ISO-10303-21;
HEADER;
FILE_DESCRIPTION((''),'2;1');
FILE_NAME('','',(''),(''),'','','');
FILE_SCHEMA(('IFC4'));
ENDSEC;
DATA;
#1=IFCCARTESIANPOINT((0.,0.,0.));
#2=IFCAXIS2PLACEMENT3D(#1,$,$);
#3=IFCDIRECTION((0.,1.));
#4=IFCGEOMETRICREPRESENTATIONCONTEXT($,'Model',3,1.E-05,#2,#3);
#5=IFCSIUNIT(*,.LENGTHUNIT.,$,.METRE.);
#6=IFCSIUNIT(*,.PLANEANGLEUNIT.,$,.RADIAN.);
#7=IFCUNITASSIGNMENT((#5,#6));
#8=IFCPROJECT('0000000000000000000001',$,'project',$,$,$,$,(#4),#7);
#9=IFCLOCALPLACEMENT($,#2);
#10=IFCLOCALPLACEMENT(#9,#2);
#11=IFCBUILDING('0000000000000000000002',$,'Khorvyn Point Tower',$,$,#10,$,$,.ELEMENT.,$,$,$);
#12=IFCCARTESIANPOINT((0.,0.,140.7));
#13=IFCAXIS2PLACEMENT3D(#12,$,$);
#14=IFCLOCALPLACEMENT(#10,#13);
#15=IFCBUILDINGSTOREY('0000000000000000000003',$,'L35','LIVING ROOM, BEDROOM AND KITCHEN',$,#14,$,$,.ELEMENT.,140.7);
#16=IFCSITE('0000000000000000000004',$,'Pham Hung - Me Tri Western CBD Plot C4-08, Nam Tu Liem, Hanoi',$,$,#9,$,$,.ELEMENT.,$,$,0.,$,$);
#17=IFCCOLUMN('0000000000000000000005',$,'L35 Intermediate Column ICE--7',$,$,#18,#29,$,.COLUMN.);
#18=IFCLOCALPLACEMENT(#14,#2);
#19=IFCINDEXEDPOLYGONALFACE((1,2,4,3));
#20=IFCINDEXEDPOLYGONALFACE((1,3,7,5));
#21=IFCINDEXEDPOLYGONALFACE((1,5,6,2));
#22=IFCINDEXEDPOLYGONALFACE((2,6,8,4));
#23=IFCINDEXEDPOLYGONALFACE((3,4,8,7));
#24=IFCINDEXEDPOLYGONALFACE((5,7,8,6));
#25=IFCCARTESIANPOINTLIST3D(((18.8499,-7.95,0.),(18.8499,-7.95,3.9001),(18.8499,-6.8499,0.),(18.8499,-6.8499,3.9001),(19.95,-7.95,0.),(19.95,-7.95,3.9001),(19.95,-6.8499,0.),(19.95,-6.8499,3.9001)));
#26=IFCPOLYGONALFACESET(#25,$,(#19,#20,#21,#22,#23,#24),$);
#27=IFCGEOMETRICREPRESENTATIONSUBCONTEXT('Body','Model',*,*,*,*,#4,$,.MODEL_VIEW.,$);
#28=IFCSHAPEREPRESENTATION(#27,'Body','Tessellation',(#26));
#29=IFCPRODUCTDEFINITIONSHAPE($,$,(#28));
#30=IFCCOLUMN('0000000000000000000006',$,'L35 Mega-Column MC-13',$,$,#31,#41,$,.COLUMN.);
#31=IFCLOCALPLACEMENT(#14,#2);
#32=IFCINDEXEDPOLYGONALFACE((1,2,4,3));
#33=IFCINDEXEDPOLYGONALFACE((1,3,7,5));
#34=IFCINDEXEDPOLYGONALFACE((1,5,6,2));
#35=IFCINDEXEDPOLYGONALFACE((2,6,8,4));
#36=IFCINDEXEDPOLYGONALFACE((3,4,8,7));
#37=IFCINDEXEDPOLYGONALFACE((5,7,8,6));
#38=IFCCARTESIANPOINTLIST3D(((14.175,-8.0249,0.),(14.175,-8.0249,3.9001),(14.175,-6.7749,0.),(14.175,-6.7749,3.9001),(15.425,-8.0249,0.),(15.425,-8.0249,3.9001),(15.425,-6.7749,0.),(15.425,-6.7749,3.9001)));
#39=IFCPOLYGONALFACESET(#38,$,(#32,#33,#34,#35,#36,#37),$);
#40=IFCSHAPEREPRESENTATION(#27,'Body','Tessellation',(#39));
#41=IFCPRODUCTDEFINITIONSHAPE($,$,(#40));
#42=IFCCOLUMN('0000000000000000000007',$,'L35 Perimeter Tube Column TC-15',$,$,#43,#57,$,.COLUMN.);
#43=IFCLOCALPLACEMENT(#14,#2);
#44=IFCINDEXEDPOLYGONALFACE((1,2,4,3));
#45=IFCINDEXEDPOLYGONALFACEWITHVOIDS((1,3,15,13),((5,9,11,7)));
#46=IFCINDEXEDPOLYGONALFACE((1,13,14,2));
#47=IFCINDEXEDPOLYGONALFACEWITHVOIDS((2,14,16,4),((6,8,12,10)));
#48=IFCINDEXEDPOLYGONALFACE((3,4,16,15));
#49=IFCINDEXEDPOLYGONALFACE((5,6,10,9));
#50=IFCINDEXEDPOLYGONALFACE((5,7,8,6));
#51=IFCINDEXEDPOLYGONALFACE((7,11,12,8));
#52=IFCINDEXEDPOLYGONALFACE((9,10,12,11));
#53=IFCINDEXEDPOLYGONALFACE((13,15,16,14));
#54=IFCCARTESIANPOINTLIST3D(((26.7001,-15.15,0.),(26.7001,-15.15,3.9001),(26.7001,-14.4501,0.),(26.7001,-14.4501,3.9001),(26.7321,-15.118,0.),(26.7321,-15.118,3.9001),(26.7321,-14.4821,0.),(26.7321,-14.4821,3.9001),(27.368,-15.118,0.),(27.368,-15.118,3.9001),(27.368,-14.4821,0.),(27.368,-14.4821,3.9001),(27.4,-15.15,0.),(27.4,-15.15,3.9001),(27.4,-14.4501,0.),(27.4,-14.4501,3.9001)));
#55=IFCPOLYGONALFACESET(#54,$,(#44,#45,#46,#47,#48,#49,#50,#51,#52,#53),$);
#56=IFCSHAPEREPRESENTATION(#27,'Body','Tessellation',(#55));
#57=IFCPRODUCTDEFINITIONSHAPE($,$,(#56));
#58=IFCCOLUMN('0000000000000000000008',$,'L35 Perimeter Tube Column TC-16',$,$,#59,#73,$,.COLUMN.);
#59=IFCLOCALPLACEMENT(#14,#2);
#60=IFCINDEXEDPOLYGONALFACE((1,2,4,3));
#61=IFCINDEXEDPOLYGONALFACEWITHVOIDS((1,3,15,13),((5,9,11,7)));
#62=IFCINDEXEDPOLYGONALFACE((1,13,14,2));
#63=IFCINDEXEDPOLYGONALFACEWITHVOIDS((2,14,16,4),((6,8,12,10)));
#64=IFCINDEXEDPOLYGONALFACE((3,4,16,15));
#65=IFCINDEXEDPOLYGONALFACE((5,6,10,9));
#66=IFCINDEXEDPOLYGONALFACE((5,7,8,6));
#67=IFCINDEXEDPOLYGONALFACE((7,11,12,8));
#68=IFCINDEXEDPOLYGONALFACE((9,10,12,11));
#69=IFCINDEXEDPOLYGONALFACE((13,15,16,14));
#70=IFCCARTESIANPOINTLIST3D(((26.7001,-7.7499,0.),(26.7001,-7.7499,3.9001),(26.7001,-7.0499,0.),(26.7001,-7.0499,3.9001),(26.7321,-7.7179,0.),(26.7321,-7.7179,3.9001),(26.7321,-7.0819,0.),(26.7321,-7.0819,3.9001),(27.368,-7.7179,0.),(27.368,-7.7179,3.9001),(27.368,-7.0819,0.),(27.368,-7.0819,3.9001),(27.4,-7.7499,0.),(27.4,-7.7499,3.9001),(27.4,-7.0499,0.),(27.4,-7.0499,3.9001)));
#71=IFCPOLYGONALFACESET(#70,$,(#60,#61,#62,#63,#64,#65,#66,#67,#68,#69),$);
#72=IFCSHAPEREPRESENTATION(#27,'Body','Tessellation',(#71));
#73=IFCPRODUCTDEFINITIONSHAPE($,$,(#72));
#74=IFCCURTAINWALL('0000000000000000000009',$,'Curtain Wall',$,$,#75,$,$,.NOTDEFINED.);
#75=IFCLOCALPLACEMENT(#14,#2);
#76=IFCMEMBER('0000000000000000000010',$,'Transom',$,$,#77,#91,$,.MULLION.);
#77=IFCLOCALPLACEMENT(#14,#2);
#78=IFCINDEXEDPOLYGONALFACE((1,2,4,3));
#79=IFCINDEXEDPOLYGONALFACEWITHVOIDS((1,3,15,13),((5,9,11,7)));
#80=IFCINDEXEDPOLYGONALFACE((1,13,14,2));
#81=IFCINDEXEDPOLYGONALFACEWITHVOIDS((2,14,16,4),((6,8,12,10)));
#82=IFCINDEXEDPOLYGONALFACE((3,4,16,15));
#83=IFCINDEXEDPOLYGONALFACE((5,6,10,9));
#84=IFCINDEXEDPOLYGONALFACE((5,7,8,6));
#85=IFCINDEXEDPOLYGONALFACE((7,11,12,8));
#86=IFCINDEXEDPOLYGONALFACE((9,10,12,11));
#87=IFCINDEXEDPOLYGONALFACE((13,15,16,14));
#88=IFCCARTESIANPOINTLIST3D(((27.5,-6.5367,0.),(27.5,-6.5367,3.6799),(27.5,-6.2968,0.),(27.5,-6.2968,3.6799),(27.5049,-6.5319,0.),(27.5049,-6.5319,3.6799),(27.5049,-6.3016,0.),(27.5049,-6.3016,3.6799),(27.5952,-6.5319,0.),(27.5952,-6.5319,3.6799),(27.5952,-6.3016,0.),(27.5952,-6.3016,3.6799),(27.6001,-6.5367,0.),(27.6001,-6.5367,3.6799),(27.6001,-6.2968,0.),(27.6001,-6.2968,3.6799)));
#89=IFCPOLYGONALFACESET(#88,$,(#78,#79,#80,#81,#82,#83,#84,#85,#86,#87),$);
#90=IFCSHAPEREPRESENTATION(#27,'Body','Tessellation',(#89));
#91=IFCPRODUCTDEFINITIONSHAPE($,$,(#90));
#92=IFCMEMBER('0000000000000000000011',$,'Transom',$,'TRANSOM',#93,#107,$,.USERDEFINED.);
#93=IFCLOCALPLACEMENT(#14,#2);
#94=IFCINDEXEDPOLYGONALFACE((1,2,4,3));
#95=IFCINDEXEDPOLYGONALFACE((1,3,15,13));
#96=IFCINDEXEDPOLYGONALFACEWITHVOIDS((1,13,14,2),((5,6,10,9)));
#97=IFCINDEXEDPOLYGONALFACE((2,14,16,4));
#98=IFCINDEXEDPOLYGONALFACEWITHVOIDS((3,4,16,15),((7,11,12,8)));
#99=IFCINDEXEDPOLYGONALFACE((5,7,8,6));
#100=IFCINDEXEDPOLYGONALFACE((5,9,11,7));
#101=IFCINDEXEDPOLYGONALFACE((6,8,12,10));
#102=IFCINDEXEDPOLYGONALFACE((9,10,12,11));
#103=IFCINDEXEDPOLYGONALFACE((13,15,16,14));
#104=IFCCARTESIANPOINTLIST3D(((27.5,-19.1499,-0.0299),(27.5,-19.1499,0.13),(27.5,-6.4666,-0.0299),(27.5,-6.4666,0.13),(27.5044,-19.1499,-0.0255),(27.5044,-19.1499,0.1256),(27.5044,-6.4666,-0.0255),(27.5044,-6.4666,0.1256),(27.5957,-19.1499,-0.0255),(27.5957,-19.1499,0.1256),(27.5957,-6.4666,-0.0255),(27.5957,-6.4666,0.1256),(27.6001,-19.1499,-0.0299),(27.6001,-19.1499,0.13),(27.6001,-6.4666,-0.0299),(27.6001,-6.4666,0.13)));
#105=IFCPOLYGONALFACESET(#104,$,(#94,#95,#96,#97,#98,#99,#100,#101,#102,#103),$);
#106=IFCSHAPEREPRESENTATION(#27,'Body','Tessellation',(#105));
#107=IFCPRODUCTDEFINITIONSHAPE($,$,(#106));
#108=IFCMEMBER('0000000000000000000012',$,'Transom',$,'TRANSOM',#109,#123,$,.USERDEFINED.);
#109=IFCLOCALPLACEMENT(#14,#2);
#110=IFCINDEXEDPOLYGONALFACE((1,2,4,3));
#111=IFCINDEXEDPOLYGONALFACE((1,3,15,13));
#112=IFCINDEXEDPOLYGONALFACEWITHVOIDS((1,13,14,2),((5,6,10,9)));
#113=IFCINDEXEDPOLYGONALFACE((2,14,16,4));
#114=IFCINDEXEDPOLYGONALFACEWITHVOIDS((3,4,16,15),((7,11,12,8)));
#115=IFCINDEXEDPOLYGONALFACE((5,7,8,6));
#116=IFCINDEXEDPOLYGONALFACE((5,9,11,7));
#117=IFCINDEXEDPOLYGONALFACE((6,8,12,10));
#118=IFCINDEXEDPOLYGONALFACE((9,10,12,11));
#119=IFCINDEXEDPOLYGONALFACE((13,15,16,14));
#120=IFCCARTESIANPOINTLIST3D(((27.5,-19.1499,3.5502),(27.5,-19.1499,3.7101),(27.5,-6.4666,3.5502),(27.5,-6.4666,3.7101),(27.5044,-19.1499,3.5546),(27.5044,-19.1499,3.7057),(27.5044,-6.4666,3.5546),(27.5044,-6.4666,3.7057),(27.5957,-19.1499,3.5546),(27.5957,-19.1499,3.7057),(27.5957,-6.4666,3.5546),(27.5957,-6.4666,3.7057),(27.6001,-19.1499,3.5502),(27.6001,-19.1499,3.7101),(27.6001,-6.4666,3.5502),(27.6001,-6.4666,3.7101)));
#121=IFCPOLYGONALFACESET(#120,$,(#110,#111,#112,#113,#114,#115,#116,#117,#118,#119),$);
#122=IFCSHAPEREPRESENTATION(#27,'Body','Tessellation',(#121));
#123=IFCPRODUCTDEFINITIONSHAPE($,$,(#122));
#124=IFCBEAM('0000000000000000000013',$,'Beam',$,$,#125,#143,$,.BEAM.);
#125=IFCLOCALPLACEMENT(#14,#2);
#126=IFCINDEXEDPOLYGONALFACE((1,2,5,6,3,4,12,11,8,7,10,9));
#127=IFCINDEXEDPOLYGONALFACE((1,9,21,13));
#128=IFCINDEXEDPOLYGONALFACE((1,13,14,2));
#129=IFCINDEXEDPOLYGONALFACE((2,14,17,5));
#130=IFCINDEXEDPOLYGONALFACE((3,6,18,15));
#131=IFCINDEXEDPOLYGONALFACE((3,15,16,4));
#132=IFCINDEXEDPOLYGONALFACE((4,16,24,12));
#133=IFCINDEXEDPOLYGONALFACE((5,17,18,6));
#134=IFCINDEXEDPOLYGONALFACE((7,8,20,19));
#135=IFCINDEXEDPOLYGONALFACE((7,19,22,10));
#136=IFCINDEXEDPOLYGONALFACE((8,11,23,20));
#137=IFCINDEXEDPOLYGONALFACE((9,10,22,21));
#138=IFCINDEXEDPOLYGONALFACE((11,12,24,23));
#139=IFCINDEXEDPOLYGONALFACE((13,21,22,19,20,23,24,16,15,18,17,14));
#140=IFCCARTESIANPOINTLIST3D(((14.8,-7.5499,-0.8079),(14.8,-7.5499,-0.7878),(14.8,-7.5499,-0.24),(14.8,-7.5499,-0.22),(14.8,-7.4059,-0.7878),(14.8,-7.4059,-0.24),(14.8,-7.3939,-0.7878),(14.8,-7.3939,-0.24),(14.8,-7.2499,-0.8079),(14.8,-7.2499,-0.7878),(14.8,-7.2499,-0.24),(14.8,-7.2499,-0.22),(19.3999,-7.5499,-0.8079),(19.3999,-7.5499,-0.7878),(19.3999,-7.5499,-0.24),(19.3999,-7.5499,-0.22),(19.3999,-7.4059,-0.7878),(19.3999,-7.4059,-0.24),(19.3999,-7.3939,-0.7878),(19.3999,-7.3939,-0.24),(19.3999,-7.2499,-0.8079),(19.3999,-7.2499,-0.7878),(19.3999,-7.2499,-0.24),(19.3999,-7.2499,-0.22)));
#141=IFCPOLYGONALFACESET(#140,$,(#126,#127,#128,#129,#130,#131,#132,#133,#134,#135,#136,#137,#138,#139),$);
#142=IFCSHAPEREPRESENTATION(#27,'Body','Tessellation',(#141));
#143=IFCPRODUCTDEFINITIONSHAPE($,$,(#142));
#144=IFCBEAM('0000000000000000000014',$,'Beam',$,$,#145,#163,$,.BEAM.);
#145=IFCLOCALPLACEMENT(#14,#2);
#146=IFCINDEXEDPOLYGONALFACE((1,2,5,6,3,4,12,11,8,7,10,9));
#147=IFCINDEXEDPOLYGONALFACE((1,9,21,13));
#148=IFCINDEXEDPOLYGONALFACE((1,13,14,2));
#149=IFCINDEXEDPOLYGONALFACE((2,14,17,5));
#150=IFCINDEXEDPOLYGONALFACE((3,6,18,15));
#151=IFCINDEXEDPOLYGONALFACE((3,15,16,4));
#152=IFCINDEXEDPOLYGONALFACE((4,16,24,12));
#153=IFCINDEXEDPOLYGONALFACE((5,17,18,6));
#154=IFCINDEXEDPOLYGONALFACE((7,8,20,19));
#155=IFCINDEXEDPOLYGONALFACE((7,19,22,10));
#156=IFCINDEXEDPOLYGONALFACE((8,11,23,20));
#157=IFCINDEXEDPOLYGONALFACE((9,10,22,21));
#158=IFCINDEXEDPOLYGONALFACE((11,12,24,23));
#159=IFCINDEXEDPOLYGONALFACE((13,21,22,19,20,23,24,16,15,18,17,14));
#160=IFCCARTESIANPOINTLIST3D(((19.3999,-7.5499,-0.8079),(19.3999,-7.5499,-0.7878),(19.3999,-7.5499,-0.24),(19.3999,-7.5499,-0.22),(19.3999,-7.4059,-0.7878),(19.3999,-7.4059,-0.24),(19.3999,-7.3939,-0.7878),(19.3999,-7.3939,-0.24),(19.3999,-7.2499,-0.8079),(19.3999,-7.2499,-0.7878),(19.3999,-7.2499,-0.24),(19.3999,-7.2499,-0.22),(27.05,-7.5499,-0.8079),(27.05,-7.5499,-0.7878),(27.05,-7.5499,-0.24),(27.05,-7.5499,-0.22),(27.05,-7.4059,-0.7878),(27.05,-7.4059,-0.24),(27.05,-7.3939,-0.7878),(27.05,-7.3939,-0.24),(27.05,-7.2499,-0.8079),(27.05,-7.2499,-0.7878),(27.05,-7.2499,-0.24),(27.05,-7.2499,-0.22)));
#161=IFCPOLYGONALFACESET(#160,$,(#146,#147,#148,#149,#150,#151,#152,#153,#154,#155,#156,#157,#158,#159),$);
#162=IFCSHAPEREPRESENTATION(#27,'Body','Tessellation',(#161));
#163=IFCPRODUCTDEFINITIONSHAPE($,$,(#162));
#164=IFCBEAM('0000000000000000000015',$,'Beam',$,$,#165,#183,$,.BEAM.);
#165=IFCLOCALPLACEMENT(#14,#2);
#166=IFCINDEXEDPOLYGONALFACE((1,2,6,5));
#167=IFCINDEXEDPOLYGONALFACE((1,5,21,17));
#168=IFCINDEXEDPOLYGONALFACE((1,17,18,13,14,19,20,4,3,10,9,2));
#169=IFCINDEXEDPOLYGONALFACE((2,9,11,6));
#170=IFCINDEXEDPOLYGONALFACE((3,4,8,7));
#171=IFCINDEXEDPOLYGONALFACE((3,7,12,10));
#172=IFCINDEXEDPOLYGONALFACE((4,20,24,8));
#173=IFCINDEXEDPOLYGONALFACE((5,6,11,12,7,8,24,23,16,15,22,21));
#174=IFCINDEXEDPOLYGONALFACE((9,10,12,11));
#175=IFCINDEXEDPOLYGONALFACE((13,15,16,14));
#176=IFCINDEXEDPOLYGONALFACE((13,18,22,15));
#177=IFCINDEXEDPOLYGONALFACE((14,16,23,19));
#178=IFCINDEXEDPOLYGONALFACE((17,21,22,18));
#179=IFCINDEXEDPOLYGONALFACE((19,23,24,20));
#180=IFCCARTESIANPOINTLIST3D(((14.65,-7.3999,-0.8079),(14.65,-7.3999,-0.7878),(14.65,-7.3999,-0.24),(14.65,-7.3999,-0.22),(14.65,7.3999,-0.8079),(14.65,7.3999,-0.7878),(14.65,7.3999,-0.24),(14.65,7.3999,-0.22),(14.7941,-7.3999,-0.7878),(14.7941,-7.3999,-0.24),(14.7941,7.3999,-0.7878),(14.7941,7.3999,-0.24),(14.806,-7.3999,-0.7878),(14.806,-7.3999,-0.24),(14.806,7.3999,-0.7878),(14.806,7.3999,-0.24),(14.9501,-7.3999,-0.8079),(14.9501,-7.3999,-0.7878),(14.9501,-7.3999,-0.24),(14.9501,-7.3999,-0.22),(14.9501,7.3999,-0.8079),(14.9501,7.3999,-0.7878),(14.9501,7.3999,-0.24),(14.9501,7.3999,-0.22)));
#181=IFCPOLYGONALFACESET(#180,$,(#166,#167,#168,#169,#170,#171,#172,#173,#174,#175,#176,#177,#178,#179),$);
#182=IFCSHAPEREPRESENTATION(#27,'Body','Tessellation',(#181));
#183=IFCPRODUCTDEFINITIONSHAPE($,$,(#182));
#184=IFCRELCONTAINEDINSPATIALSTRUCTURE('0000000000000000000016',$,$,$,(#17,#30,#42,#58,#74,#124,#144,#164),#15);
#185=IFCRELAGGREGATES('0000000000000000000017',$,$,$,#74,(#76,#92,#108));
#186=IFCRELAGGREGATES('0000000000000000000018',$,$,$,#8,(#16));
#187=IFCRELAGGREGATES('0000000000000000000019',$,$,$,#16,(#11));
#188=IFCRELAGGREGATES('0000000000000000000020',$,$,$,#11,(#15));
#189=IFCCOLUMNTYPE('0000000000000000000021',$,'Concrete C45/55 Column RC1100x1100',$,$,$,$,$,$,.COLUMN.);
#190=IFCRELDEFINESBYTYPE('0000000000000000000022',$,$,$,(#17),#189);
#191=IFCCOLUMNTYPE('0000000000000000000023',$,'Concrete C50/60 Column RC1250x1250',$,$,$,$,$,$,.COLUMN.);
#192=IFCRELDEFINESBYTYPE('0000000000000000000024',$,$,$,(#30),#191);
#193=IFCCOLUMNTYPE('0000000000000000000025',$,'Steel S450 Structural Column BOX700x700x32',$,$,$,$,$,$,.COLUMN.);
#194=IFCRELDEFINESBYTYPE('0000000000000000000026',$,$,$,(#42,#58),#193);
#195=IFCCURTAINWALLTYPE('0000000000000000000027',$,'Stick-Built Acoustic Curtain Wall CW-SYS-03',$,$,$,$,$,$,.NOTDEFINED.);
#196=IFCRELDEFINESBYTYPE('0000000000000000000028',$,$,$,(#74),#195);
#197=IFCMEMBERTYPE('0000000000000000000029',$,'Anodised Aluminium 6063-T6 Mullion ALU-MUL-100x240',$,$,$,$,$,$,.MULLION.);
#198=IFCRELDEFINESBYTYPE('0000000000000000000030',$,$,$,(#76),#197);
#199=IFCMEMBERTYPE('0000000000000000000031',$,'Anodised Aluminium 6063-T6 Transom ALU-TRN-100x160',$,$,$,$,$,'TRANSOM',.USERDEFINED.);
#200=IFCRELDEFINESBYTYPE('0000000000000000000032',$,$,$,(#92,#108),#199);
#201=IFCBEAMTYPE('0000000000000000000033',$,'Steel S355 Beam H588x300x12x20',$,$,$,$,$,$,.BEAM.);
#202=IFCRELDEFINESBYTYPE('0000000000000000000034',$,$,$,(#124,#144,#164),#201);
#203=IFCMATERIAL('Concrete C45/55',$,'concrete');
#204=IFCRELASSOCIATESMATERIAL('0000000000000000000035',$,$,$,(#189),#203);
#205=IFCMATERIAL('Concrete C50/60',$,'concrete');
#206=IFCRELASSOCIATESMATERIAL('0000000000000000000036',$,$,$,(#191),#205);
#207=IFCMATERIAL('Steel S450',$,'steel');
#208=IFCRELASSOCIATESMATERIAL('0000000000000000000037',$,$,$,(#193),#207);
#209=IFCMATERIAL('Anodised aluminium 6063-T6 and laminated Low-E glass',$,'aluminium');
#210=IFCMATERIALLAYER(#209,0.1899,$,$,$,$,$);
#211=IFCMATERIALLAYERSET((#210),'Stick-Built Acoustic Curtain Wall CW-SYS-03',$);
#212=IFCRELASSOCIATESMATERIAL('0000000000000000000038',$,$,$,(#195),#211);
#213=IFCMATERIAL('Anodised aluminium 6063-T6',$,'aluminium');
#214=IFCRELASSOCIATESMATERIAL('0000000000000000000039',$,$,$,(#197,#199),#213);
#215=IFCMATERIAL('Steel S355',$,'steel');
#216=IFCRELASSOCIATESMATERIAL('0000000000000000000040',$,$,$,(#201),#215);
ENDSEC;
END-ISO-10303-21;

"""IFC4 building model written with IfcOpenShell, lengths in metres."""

from ifc_helpers import new_model, si_unit, direction, frame, origin, origin_2d, place, context, subcontext, project, spatial, rectangle, hollow_rectangle, i_section, extrude, material, layer, layer_set, material_profile, profile_set, type_object, element, aggregate, save


model = new_model("IFC4")

# Units and contexts
model_context = context("Model", 3, precision=1e-05, world=origin(), true_north=direction((0.0, 1.0)))
body_context = subcontext(model_context, "Body", "Model", "MODEL_VIEW")
ifc_project = project(units=[si_unit("LENGTHUNIT", "METRE"), si_unit("PLANEANGLEUNIT", "RADIAN")], contexts=[model_context])

# Site, building, storey
site_placement = place(None, origin())
site = spatial("IfcSite", under=ifc_project, at=site_placement, Name="Pham Hung - Me Tri Western CBD Plot C4-08, Nam Tu Liem, Hanoi", CompositionType="ELEMENT", RefElevation=0.0)
building_placement = place(site_placement, origin())
building = spatial("IfcBuilding", under=site, at=building_placement, Name="Khorvyn Point Tower", CompositionType="ELEMENT")
storey_placement = place(building_placement, frame((0.0, 0.0, 140.7)))
storey = spatial("IfcBuildingStorey", under=building, at=storey_placement, Name="L35", Description="LIVING ROOM, BEDROOM AND KITCHEN", CompositionType="ELEMENT", Elevation=140.7)

# Columns
ifc_material_1 = material(Name="Concrete C45/55", Category="concrete")
ifc_material_profile_1 = material_profile(ifc_material_1, rectangle(XDim=1.1001, YDim=1.1001, at=origin_2d()))
ifc_profile_set_1 = profile_set([ifc_material_profile_1], Name="Concrete C45/55 RC1100x1100")
column_type_1 = type_object("IfcColumnType", Name="Concrete C45/55 Column RC1100x1100", PredefinedType="COLUMN", material=ifc_profile_set_1)
column_1_placement = place(storey_placement, frame((19.3999, -7.3999, 0.0), z_axis=(0.0, 0.0, 1.0), x_axis=(1.0, 0.0, 0.0)))
element("IfcColumn", 1, at=column_1_placement, inside=storey, type_object=column_type_1, Name="L35 Intermediate Column ICE--7", PredefinedType="COLUMN", context=body_context, shape_type="SweptSolid", body=[
    extrude(rectangle(XDim=1.1001, YDim=1.1001, at=origin_2d()), origin(), (0.0, 0.0, 1.0), 3.9001),
])
ifc_material_2 = material(Name="Concrete C50/60", Category="concrete")
ifc_material_profile_2 = material_profile(ifc_material_2, rectangle(XDim=1.25, YDim=1.25, at=origin_2d()))
ifc_profile_set_2 = profile_set([ifc_material_profile_2], Name="Concrete C50/60 RC1250x1250")
column_type_2 = type_object("IfcColumnType", Name="Concrete C50/60 Column RC1250x1250", PredefinedType="COLUMN", material=ifc_profile_set_2)
column_2_placement = place(storey_placement, frame((14.8, -7.3999, 0.0), z_axis=(0.0, 0.0, 1.0), x_axis=(1.0, 0.0, 0.0)))
element("IfcColumn", 2, at=column_2_placement, inside=storey, type_object=column_type_2, Name="L35 Mega-Column MC-13", PredefinedType="COLUMN", context=body_context, shape_type="SweptSolid", body=[
    extrude(rectangle(XDim=1.25, YDim=1.25, at=origin_2d()), origin(), (0.0, 0.0, 1.0), 3.9001),
])
ifc_material_3 = material(Name="Steel S450", Category="steel")
ifc_material_profile_3 = material_profile(ifc_material_3, hollow_rectangle(XDim=0.7, YDim=0.7, WallThickness=0.032, at=origin_2d()))
ifc_profile_set_3 = profile_set([ifc_material_profile_3], Name="Steel S450 BOX700x700x32")
column_type_3 = type_object("IfcColumnType", Name="Steel S450 Structural Column BOX700x700x32", PredefinedType="COLUMN", material=ifc_profile_set_3)
for number, where, z_axis, x_axis, name in (
    (3, (27.05, -14.8, 0.0), (0.0, 0.0, 1.0), (1.0, 0.0, 0.0), "L35 Perimeter Tube Column TC-15"),
    (4, (27.05, -7.3999, 0.0), (0.0, 0.0, 1.0), (1.0, 0.0, 0.0), "L35 Perimeter Tube Column TC-16"),
):
    element("IfcColumn", number, at=place(storey_placement, frame(where, z_axis=z_axis, x_axis=x_axis)), inside=storey, type_object=column_type_3, Name=name, PredefinedType="COLUMN", context=body_context, shape_type="SweptSolid", body=[
        extrude(hollow_rectangle(XDim=0.7, YDim=0.7, WallThickness=0.032, at=origin_2d()), origin(), (0.0, 0.0, 1.0), 3.9001),
    ])

# Curtain wall, members
ifc_material_4 = material(Name="Anodised aluminium 6063-T6 and laminated Low-E glass", Category="aluminium")
ifc_layer_1 = layer(ifc_material_4, 0.1899)
ifc_layer_set_1 = layer_set([ifc_layer_1], Name="Stick-Built Acoustic Curtain Wall CW-SYS-03")
curtain_wall_type = type_object("IfcCurtainWallType", Name="Stick-Built Acoustic Curtain Wall CW-SYS-03", PredefinedType="NOTDEFINED", material=ifc_layer_set_1)
curtain_wall_placement = place(storey_placement, origin())
curtain_wall = element("IfcCurtainWall", 5, at=curtain_wall_placement, inside=storey, type_object=curtain_wall_type, Name="Curtain Wall", PredefinedType="NOTDEFINED")
ifc_material_5 = material(Name="Anodised aluminium 6063-T6", Category="aluminium")
ifc_material_profile_4 = material_profile(ifc_material_5, hollow_rectangle(XDim=0.1001, YDim=0.24, WallThickness=0.0049, at=origin_2d()))
ifc_profile_set_4 = profile_set([ifc_material_profile_4], Name="Anodised aluminium 6063-T6 ALU-MUL-100x240")
member_type_1 = type_object("IfcMemberType", Name="Anodised Aluminium 6063-T6 Mullion ALU-MUL-100x240", PredefinedType="MULLION", material=ifc_profile_set_4)
member_1_placement = place(storey_placement, frame((27.55, -6.4167, 0.0), z_axis=(0.0, 0.0, 1.0), x_axis=(1.0, 0.0, 0.0)))
member_1 = element("IfcMember", 6, at=member_1_placement, type_object=member_type_1, Name="Transom", PredefinedType="MULLION", context=body_context, shape_type="SweptSolid", body=[
    extrude(hollow_rectangle(XDim=0.1001, YDim=0.24, WallThickness=0.0049, at=origin_2d()), origin(), (0.0, 0.0, 1.0), 3.6799),
])
ifc_material_profile_5 = material_profile(ifc_material_5, hollow_rectangle(XDim=0.1001, YDim=0.1599, WallThickness=0.0044, at=origin_2d()))
ifc_profile_set_5 = profile_set([ifc_material_profile_5], Name="Anodised aluminium 6063-T6 ALU-TRN-100x160")
member_type_2 = type_object("IfcMemberType", Name="Anodised Aluminium 6063-T6 Transom ALU-TRN-100x160", ElementType="TRANSOM", PredefinedType="USERDEFINED", material=ifc_profile_set_5)
member_2_placement = place(storey_placement, frame((27.55, -6.4666, 0.05), z_axis=(0.0, -1.0, 0.0), x_axis=(1.0, 0.0, 0.0)))
member_2 = element("IfcMember", 7, at=member_2_placement, type_object=member_type_2, Name="Transom", ObjectType="TRANSOM", PredefinedType="USERDEFINED", context=body_context, shape_type="SweptSolid", body=[
    extrude(hollow_rectangle(XDim=0.1001, YDim=0.1599, WallThickness=0.0044, at=origin_2d()), origin(), (0.0, 0.0, 1.0), 12.6833),
])
member_3_placement = place(storey_placement, frame((27.55, -6.4666, 3.6301), z_axis=(0.0, -1.0, 0.0), x_axis=(1.0, 0.0, 0.0)))
member_3 = element("IfcMember", 8, at=member_3_placement, type_object=member_type_2, Name="Transom", ObjectType="TRANSOM", PredefinedType="USERDEFINED", context=body_context, shape_type="SweptSolid", body=[
    extrude(hollow_rectangle(XDim=0.1001, YDim=0.1599, WallThickness=0.0044, at=origin_2d()), origin(), (0.0, 0.0, 1.0), 12.6833),
])

# Beams
ifc_material_6 = material(Name="Steel S355", Category="steel")
ifc_material_profile_6 = material_profile(ifc_material_6, i_section(OverallWidth=0.3, OverallDepth=0.5879, WebThickness=0.012, FlangeThickness=0.02, at=origin_2d()))
ifc_profile_set_6 = profile_set([ifc_material_profile_6], Name="Steel S355 H588x300x12x20")
beam_type_1 = type_object("IfcBeamType", Name="Steel S355 Beam H588x300x12x20", PredefinedType="BEAM", material=ifc_profile_set_6)
beam_1_placement = place(storey_placement, frame((14.8, -7.3999, -0.5139), z_axis=(1.0, 0.0, 0.0), x_axis=(0.0, 1.0, 0.0)))
element("IfcBeam", 9, at=beam_1_placement, inside=storey, type_object=beam_type_1, Name="Beam", PredefinedType="BEAM", context=body_context, shape_type="SweptSolid", body=[
    extrude(i_section(OverallWidth=0.3, OverallDepth=0.5879, WebThickness=0.012, FlangeThickness=0.02, at=origin_2d()), origin(), (0.0, 0.0, 1.0), 4.5999),
])
beam_2_placement = place(storey_placement, frame((19.3999, -7.3999, -0.5139), z_axis=(1.0, 0.0, 0.0), x_axis=(0.0, 1.0, 0.0)))
element("IfcBeam", 10, at=beam_2_placement, inside=storey, type_object=beam_type_1, Name="Beam", PredefinedType="BEAM", context=body_context, shape_type="SweptSolid", body=[
    extrude(i_section(OverallWidth=0.3, OverallDepth=0.5879, WebThickness=0.012, FlangeThickness=0.02, at=origin_2d()), origin(), (0.0, 0.0, 1.0), 7.6501),
])
for number, where, z_axis, x_axis, name in (
    (11, (14.8, -7.3999, -0.5139), (0.0, 1.0, 0.0), (-1.0, 0.0, 0.0), "Beam"),
):
    element("IfcBeam", number, at=place(storey_placement, frame(where, z_axis=z_axis, x_axis=x_axis)), inside=storey, type_object=beam_type_1, Name=name, PredefinedType="BEAM", context=body_context, shape_type="SweptSolid", body=[
        extrude(i_section(OverallWidth=0.3, OverallDepth=0.5879, WebThickness=0.012, FlangeThickness=0.02, at=origin_2d()), origin(), (0.0, 0.0, 1.0), 14.7998),
    ])

aggregate(curtain_wall, [member_1, member_2, member_3])

save(model, "model.ifc")
